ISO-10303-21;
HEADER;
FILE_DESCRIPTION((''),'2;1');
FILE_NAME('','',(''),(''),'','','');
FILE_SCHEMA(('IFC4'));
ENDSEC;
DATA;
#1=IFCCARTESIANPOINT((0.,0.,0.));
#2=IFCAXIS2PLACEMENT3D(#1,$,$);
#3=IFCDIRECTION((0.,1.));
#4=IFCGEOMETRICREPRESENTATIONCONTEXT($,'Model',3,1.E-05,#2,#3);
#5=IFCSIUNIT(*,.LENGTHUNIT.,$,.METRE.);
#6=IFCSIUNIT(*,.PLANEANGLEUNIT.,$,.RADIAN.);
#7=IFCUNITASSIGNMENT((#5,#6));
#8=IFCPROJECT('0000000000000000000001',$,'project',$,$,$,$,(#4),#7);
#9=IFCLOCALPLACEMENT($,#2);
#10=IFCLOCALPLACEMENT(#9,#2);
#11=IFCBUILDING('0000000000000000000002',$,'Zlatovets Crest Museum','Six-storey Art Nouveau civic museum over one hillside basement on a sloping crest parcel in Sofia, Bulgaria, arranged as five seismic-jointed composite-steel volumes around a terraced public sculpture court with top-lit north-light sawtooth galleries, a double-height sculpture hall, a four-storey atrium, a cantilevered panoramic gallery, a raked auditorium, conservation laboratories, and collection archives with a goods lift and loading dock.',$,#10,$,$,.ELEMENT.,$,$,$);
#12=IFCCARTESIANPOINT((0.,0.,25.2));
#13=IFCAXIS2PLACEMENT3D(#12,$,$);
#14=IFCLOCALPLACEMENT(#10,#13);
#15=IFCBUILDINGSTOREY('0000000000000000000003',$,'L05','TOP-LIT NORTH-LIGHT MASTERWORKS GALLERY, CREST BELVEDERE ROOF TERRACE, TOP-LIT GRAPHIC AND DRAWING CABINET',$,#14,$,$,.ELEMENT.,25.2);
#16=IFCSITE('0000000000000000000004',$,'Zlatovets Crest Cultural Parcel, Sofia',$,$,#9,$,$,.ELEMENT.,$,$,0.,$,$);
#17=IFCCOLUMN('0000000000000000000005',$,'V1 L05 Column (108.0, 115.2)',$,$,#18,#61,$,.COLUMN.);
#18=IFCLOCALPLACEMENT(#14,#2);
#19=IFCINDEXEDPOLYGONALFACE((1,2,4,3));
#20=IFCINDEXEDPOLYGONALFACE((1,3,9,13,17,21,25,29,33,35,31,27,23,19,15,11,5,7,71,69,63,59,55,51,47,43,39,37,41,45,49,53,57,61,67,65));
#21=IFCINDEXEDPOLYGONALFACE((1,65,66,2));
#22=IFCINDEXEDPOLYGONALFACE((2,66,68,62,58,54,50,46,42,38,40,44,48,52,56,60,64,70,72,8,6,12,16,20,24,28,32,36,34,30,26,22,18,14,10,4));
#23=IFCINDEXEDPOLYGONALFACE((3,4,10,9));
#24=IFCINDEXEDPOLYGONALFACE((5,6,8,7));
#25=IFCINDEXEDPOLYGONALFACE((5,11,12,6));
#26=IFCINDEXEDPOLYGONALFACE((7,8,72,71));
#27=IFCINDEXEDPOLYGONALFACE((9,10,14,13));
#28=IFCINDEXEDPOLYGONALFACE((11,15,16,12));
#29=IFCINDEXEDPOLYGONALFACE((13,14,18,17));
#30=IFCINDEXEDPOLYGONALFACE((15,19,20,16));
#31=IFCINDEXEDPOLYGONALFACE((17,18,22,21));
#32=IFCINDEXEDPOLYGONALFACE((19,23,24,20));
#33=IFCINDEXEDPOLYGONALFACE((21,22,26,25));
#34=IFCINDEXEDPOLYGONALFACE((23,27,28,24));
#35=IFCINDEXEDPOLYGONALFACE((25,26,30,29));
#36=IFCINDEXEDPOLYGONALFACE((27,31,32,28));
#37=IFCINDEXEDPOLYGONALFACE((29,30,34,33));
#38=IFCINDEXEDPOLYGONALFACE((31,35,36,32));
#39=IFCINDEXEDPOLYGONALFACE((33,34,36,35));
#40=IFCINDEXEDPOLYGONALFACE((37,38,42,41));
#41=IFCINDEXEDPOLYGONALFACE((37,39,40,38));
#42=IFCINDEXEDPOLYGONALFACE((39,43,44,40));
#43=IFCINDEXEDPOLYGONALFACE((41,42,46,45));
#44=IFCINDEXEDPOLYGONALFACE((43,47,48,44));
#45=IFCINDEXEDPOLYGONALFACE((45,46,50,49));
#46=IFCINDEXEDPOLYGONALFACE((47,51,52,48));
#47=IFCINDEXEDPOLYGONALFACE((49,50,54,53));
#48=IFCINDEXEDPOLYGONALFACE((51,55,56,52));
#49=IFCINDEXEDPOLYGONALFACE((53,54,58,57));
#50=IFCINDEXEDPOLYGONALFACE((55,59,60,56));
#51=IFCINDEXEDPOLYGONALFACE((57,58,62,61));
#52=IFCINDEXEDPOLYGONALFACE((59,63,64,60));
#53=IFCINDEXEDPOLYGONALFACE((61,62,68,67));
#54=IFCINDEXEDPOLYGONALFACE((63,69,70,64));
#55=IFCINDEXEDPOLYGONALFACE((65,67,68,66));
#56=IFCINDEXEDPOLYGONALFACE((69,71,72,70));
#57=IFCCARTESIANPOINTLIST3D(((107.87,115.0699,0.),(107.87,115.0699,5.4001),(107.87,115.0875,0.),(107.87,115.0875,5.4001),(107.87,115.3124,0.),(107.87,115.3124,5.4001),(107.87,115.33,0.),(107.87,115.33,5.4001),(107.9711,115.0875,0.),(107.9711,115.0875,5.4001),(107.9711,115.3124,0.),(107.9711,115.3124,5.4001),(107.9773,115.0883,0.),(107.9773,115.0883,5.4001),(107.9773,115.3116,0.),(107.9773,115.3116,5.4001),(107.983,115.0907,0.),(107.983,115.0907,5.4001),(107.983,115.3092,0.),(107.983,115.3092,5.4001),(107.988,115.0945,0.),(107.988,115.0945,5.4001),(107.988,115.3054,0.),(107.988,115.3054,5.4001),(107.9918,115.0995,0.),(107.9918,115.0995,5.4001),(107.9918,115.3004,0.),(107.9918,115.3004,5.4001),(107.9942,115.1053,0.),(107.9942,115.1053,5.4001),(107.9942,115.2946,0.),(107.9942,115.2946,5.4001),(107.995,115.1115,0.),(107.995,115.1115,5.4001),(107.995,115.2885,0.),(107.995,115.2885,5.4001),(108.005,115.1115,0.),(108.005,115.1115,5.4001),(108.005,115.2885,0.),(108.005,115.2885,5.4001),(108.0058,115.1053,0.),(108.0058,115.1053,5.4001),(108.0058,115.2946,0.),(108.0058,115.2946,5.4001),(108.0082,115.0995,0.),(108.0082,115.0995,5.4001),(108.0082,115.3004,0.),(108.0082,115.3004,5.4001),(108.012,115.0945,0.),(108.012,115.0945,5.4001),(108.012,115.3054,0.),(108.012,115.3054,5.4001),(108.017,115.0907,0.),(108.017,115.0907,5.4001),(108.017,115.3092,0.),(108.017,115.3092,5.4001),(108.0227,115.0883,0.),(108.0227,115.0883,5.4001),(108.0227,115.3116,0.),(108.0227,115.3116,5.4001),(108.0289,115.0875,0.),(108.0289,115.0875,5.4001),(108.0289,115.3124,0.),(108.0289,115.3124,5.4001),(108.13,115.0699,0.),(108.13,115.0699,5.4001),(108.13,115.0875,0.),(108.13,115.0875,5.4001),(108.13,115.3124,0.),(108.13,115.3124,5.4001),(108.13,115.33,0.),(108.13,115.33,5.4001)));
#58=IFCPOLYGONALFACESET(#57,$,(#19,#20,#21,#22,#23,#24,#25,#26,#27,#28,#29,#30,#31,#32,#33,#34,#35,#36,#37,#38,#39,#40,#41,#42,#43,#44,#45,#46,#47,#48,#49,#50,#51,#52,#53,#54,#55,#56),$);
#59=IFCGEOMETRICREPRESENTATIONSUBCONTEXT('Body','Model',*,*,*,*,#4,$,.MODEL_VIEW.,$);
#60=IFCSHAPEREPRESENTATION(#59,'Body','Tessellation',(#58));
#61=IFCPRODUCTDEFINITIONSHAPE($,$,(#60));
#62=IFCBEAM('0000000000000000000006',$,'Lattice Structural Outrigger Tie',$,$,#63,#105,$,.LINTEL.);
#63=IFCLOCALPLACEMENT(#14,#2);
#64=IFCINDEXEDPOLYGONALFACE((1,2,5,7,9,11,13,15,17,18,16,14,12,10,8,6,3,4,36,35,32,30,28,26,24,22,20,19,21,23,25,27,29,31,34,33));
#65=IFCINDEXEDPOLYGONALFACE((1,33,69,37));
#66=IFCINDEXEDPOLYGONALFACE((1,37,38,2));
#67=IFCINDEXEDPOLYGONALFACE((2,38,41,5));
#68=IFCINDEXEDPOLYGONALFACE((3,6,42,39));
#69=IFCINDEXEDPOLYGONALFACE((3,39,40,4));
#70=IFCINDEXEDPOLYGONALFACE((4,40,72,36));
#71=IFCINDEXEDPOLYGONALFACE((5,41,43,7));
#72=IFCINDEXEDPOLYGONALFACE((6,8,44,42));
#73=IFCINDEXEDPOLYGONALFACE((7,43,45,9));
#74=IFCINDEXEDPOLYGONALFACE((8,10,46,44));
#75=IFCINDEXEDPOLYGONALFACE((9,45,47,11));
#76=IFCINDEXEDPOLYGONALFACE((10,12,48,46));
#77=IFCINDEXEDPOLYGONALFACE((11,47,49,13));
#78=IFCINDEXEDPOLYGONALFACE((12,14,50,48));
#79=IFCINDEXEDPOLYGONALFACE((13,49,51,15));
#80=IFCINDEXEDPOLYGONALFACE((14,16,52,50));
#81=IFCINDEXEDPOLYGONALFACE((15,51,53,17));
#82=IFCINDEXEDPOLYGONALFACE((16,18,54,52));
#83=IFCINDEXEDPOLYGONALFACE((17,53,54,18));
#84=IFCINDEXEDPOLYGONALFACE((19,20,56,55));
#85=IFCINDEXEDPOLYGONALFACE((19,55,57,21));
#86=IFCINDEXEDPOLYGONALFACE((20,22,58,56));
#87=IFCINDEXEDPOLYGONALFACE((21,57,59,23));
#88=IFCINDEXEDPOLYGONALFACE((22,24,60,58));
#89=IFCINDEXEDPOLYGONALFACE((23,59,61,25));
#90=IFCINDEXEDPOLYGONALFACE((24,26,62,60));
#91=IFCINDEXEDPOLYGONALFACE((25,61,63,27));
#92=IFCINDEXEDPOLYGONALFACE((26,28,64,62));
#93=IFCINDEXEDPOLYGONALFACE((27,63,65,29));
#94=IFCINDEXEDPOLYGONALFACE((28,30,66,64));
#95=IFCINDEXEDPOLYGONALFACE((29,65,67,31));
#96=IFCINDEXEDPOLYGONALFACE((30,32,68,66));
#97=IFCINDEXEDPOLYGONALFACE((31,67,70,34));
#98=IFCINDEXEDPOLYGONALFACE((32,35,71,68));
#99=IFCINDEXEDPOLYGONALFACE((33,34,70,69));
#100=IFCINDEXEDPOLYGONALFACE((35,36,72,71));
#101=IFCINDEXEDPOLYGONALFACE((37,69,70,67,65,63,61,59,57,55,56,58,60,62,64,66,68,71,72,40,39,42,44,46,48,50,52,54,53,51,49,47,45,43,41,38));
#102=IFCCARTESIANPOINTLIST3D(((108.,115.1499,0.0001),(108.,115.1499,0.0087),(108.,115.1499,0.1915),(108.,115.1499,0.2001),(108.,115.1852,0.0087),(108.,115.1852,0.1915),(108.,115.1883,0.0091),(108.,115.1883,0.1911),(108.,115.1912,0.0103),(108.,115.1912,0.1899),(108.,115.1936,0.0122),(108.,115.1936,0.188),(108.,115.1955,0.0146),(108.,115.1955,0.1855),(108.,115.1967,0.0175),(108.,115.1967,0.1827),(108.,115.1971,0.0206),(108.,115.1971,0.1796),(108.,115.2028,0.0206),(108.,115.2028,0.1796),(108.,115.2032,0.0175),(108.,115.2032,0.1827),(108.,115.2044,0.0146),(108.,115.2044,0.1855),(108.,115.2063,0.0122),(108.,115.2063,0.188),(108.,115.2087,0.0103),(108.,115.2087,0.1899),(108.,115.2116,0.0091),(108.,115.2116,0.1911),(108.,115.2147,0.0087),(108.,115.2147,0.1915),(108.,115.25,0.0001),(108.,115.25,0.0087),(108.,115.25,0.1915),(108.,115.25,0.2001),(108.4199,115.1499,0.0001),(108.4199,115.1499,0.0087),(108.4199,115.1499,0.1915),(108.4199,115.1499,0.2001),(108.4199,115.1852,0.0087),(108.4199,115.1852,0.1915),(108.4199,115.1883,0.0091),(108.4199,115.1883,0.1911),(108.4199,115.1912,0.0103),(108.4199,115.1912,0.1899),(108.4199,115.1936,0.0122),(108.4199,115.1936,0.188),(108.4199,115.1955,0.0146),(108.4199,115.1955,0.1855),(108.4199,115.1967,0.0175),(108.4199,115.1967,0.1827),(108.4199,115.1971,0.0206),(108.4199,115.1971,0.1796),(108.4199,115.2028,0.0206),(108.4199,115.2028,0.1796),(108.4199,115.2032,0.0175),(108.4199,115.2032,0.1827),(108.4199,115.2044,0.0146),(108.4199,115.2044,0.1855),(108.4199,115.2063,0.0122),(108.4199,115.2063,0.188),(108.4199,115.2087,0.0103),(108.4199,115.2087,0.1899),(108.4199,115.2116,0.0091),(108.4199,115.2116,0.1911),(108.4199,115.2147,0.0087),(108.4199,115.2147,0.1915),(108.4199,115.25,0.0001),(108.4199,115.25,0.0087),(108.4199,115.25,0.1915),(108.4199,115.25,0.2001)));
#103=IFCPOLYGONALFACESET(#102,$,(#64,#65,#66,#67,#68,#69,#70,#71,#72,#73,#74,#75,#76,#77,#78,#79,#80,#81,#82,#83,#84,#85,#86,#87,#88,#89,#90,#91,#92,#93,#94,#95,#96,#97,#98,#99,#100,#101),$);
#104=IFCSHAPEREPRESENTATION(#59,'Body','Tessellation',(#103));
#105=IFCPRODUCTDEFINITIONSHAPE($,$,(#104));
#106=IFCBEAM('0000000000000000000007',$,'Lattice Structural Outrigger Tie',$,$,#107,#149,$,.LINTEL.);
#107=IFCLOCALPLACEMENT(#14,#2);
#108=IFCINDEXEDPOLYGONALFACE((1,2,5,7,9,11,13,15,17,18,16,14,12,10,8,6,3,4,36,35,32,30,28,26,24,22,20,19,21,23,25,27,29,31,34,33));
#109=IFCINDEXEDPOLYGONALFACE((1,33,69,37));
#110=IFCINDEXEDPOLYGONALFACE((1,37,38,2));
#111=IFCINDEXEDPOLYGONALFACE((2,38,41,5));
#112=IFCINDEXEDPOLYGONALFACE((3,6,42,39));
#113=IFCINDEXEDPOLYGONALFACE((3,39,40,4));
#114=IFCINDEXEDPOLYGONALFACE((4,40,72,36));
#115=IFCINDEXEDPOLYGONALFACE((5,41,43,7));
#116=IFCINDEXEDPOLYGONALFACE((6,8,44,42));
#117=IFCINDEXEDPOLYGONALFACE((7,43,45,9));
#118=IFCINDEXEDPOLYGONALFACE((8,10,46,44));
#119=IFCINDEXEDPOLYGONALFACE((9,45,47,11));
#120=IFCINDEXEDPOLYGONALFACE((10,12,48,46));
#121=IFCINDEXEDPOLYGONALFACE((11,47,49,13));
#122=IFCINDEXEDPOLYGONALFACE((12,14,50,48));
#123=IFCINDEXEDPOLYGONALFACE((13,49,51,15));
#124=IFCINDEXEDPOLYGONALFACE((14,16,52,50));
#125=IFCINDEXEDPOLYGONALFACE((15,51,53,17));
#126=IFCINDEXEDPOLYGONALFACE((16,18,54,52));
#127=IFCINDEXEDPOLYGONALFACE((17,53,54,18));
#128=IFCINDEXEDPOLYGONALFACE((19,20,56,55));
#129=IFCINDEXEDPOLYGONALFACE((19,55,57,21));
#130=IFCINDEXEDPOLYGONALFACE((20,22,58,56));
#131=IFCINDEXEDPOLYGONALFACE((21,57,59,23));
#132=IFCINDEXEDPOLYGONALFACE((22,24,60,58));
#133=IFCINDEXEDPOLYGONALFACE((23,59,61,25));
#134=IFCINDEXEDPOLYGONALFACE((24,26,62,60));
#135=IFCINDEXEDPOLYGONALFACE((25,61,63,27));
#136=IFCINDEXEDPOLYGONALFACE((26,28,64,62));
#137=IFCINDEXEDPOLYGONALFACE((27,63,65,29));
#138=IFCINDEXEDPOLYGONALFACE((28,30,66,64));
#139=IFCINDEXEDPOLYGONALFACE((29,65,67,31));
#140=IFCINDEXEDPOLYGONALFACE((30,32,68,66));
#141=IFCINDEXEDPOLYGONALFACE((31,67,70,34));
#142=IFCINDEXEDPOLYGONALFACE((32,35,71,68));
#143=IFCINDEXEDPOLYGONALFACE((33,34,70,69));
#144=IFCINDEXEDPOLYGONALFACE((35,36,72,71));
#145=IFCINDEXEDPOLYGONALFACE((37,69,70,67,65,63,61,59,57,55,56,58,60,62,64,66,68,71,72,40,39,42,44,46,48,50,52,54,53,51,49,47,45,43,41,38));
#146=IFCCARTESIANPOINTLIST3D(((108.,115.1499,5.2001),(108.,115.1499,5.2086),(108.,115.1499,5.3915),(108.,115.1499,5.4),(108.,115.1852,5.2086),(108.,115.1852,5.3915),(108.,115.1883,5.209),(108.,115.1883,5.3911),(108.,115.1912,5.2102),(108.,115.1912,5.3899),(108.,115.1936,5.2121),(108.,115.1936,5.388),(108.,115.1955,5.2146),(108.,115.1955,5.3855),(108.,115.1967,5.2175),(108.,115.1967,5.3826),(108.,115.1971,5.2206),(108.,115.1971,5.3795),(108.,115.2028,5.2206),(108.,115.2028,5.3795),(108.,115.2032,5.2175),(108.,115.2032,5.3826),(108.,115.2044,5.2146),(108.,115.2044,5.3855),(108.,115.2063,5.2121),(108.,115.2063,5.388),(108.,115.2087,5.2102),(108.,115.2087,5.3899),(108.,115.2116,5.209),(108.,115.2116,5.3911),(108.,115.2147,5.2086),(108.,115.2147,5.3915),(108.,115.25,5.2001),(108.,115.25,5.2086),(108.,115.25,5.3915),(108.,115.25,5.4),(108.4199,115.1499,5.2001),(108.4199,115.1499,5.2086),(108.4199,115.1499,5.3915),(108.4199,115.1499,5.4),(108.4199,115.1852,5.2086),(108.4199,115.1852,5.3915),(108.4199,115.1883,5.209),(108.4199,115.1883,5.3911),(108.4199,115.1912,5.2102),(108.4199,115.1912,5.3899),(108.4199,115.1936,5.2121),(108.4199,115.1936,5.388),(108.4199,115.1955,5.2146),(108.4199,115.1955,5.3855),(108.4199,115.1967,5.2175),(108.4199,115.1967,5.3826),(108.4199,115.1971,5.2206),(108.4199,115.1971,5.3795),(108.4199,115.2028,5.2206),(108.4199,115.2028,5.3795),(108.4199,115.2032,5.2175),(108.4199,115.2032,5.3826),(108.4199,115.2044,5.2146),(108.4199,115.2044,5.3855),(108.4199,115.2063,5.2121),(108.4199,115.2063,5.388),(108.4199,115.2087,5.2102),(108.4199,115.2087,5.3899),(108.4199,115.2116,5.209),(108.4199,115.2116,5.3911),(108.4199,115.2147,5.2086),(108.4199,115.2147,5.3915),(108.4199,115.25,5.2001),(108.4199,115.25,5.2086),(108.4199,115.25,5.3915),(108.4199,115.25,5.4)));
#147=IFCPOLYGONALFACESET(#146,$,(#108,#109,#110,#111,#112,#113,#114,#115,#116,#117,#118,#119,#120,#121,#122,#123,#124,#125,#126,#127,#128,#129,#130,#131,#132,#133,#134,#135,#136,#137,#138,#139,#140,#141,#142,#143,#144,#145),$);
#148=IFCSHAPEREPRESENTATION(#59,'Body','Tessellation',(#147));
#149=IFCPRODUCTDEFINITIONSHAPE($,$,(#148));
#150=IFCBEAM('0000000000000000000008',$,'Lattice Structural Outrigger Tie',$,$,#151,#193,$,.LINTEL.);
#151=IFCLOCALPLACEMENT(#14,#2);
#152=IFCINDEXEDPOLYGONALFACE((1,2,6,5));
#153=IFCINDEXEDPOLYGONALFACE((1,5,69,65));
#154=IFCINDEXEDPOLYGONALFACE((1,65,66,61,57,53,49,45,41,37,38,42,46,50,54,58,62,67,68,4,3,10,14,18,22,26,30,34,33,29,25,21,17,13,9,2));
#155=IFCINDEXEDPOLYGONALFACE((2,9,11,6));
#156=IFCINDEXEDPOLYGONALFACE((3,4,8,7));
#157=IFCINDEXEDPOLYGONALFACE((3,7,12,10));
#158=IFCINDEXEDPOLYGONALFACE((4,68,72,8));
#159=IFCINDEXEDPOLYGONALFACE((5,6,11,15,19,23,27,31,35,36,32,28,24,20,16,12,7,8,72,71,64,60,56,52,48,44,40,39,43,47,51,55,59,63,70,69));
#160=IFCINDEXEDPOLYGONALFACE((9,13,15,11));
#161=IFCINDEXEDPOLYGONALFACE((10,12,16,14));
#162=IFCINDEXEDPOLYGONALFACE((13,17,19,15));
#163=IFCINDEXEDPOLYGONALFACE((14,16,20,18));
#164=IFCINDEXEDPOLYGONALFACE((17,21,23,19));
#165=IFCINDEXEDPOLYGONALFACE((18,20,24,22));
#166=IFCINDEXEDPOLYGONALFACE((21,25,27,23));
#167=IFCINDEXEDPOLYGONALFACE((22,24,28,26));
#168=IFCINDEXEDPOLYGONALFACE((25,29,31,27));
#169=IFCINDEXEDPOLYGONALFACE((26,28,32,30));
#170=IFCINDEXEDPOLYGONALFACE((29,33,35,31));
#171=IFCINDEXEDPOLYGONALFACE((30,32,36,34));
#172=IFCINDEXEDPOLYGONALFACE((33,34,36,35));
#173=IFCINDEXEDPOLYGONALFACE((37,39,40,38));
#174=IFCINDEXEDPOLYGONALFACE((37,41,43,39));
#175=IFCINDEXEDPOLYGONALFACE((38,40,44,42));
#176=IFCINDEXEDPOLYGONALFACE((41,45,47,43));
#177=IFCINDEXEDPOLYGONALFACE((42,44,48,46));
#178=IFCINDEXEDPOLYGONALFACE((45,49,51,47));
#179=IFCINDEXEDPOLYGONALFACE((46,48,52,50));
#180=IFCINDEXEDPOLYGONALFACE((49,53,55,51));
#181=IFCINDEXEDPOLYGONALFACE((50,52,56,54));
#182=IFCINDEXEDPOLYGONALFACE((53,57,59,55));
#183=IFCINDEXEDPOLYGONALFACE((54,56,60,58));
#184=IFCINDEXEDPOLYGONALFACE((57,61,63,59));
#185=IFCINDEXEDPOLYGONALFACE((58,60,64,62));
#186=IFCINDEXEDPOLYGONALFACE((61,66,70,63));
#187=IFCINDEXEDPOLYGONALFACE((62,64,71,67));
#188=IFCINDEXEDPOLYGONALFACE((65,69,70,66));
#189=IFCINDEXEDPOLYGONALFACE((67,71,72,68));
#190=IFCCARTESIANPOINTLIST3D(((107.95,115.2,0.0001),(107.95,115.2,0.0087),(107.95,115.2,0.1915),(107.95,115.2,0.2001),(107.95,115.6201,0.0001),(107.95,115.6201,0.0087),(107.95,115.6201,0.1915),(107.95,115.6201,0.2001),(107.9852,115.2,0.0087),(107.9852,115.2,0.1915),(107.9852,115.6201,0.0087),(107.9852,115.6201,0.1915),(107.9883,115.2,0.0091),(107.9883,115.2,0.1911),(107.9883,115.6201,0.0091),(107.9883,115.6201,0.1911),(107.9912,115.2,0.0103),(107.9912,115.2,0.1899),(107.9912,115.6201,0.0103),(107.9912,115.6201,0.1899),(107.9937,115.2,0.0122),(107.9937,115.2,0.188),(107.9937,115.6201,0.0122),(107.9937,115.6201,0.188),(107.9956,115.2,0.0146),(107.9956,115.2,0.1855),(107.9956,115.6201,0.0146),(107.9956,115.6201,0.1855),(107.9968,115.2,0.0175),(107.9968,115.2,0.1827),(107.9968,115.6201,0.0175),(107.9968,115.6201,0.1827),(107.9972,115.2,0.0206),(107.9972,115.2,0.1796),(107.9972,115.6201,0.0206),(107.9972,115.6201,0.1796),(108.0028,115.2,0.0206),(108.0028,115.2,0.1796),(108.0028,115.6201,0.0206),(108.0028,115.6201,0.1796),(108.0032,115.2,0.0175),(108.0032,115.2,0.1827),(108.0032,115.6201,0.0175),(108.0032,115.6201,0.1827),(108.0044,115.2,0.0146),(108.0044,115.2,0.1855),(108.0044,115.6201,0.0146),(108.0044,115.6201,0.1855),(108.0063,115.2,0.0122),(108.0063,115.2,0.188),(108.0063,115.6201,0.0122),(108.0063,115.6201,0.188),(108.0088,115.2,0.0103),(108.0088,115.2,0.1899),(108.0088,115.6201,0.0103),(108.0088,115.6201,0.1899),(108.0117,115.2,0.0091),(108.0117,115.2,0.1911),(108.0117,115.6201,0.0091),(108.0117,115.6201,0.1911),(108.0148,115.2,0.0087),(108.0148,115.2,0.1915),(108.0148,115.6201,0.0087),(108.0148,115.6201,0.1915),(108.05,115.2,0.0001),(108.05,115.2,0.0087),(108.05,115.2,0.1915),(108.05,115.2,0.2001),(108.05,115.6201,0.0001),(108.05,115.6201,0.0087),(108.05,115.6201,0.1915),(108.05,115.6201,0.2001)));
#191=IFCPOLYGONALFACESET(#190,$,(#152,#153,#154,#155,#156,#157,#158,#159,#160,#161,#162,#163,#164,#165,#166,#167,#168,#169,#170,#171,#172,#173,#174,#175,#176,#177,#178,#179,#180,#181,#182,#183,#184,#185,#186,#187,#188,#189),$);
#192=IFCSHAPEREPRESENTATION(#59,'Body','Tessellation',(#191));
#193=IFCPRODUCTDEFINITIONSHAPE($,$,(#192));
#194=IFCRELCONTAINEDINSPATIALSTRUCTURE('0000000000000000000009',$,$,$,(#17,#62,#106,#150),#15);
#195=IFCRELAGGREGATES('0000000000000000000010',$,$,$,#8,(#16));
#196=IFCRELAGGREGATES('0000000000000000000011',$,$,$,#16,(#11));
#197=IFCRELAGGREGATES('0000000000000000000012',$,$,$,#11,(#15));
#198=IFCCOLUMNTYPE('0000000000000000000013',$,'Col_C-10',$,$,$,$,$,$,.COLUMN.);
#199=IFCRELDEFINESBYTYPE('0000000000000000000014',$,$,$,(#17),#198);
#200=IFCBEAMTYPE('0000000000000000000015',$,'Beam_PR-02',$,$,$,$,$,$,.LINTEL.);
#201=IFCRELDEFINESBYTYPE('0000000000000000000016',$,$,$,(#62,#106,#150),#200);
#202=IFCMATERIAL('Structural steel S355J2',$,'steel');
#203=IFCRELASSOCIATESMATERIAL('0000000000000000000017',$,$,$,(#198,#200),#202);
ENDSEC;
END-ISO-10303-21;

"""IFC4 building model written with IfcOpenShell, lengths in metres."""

from ifc_helpers import new_model, si_unit, direction, frame, origin, origin_2d, place, context, subcontext, project, spatial, i_section, extrude, material, material_profile, profile_set, type_object, element, save


model = new_model("IFC4")

# Units and contexts
model_context = context("Model", 3, precision=1e-05, world=origin(), true_north=direction((0.0, 1.0)))
body_context = subcontext(model_context, "Body", "Model", "MODEL_VIEW")
ifc_project = project(units=[si_unit("LENGTHUNIT", "METRE"), si_unit("PLANEANGLEUNIT", "RADIAN")], contexts=[model_context])

# Site, building, storey
site_placement = place(None, origin())
site = spatial("IfcSite", under=ifc_project, at=site_placement, Name="Zlatovets Crest Cultural Parcel, Sofia", CompositionType="ELEMENT", RefElevation=0.0)
building_placement = place(site_placement, origin())
building = spatial("IfcBuilding", under=site, at=building_placement, Name="Zlatovets Crest Museum", Description="Six-storey Art Nouveau civic museum over one hillside basement on a sloping crest parcel in Sofia, Bulgaria, arranged as five seismic-jointed composite-steel volumes around a terraced public sculpture court with top-lit north-light sawtooth galleries, a double-height sculpture hall, a four-storey atrium, a cantilevered panoramic gallery, a raked auditorium, conservation laboratories, and collection archives with a goods lift and loading dock.", CompositionType="ELEMENT")
storey_placement = place(building_placement, frame((0.0, 0.0, 25.2)))
storey = spatial("IfcBuildingStorey", under=building, at=storey_placement, Name="L05", Description="TOP-LIT NORTH-LIGHT MASTERWORKS GALLERY, CREST BELVEDERE ROOF TERRACE, TOP-LIT GRAPHIC AND DRAWING CABINET", CompositionType="ELEMENT", Elevation=25.2)

# Column
ifc_material_1 = material(Name="Structural steel S355J2", Category="steel")
ifc_material_profile_1 = material_profile(ifc_material_1, i_section(OverallWidth=0.26, OverallDepth=0.26, WebThickness=0.01, FlangeThickness=0.0176, FilletRadius=0.0239, at=origin_2d()), Name="HEB 260")
ifc_profile_set_1 = profile_set([ifc_material_profile_1], Name="Structural steel S355J2")
column_type = type_object("IfcColumnType", Name="Col_C-10", PredefinedType="COLUMN", material=ifc_profile_set_1)
column_placement = place(storey_placement, frame((108.0, 115.2, 0.0), z_axis=(0.0, 0.0, 1.0), x_axis=(1.0, 0.0, 0.0)))
element("IfcColumn", 1, at=column_placement, inside=storey, type_object=column_type, Name="V1 L05 Column (108.0, 115.2)", PredefinedType="COLUMN", context=body_context, shape_type="SweptSolid", body=[
    extrude(i_section(OverallWidth=0.26, OverallDepth=0.26, WebThickness=0.01, FlangeThickness=0.0176, FilletRadius=0.0239, at=origin_2d()), origin(), (0.0, 0.0, 1.0), 5.4001),
])

# Beams
ifc_material_profile_2 = material_profile(ifc_material_1, i_section(OverallWidth=0.1001, OverallDepth=0.2, WebThickness=0.0056, FlangeThickness=0.0085, FilletRadius=0.012, at=origin_2d()), Name="IPE 200")
ifc_profile_set_2 = profile_set([ifc_material_profile_2], Name="Structural steel S355J2")
beam_type = type_object("IfcBeamType", Name="Beam_PR-02", PredefinedType="LINTEL", material=ifc_profile_set_2)
for number, where, z_axis, x_axis, name in (
    (2, (108.0, 115.2, 0.1001), (1.0, 0.0, 0.0), (0.0, 1.0, 0.0), "Lattice Structural Outrigger Tie"),
    (3, (108.0, 115.2, 5.3), (1.0, 0.0, 0.0), (0.0, 1.0, 0.0), "Lattice Structural Outrigger Tie"),
):
    element("IfcBeam", number, at=place(storey_placement, frame(where, z_axis=z_axis, x_axis=x_axis)), inside=storey, type_object=beam_type, Name=name, PredefinedType="LINTEL", context=body_context, shape_type="SweptSolid", body=[
        extrude(i_section(OverallWidth=0.1001, OverallDepth=0.2, WebThickness=0.0056, FlangeThickness=0.0085, FilletRadius=0.012, at=origin_2d()), origin(), (0.0, 0.0, 1.0), 0.4199),
    ])
for number, where, z_axis, x_axis, name in (
    (4, (108.0, 115.2, 0.1001), (0.0, 1.0, 0.0), (-1.0, 0.0, 0.0), "Lattice Structural Outrigger Tie"),
):
    element("IfcBeam", number, at=place(storey_placement, frame(where, z_axis=z_axis, x_axis=x_axis)), inside=storey, type_object=beam_type, Name=name, PredefinedType="LINTEL", context=body_context, shape_type="SweptSolid", body=[
        extrude(i_section(OverallWidth=0.1001, OverallDepth=0.2, WebThickness=0.0056, FlangeThickness=0.0085, FilletRadius=0.012, at=origin_2d()), origin(), (0.0, 0.0, 1.0), 0.4202),
    ])

save(model, "model.ifc")
